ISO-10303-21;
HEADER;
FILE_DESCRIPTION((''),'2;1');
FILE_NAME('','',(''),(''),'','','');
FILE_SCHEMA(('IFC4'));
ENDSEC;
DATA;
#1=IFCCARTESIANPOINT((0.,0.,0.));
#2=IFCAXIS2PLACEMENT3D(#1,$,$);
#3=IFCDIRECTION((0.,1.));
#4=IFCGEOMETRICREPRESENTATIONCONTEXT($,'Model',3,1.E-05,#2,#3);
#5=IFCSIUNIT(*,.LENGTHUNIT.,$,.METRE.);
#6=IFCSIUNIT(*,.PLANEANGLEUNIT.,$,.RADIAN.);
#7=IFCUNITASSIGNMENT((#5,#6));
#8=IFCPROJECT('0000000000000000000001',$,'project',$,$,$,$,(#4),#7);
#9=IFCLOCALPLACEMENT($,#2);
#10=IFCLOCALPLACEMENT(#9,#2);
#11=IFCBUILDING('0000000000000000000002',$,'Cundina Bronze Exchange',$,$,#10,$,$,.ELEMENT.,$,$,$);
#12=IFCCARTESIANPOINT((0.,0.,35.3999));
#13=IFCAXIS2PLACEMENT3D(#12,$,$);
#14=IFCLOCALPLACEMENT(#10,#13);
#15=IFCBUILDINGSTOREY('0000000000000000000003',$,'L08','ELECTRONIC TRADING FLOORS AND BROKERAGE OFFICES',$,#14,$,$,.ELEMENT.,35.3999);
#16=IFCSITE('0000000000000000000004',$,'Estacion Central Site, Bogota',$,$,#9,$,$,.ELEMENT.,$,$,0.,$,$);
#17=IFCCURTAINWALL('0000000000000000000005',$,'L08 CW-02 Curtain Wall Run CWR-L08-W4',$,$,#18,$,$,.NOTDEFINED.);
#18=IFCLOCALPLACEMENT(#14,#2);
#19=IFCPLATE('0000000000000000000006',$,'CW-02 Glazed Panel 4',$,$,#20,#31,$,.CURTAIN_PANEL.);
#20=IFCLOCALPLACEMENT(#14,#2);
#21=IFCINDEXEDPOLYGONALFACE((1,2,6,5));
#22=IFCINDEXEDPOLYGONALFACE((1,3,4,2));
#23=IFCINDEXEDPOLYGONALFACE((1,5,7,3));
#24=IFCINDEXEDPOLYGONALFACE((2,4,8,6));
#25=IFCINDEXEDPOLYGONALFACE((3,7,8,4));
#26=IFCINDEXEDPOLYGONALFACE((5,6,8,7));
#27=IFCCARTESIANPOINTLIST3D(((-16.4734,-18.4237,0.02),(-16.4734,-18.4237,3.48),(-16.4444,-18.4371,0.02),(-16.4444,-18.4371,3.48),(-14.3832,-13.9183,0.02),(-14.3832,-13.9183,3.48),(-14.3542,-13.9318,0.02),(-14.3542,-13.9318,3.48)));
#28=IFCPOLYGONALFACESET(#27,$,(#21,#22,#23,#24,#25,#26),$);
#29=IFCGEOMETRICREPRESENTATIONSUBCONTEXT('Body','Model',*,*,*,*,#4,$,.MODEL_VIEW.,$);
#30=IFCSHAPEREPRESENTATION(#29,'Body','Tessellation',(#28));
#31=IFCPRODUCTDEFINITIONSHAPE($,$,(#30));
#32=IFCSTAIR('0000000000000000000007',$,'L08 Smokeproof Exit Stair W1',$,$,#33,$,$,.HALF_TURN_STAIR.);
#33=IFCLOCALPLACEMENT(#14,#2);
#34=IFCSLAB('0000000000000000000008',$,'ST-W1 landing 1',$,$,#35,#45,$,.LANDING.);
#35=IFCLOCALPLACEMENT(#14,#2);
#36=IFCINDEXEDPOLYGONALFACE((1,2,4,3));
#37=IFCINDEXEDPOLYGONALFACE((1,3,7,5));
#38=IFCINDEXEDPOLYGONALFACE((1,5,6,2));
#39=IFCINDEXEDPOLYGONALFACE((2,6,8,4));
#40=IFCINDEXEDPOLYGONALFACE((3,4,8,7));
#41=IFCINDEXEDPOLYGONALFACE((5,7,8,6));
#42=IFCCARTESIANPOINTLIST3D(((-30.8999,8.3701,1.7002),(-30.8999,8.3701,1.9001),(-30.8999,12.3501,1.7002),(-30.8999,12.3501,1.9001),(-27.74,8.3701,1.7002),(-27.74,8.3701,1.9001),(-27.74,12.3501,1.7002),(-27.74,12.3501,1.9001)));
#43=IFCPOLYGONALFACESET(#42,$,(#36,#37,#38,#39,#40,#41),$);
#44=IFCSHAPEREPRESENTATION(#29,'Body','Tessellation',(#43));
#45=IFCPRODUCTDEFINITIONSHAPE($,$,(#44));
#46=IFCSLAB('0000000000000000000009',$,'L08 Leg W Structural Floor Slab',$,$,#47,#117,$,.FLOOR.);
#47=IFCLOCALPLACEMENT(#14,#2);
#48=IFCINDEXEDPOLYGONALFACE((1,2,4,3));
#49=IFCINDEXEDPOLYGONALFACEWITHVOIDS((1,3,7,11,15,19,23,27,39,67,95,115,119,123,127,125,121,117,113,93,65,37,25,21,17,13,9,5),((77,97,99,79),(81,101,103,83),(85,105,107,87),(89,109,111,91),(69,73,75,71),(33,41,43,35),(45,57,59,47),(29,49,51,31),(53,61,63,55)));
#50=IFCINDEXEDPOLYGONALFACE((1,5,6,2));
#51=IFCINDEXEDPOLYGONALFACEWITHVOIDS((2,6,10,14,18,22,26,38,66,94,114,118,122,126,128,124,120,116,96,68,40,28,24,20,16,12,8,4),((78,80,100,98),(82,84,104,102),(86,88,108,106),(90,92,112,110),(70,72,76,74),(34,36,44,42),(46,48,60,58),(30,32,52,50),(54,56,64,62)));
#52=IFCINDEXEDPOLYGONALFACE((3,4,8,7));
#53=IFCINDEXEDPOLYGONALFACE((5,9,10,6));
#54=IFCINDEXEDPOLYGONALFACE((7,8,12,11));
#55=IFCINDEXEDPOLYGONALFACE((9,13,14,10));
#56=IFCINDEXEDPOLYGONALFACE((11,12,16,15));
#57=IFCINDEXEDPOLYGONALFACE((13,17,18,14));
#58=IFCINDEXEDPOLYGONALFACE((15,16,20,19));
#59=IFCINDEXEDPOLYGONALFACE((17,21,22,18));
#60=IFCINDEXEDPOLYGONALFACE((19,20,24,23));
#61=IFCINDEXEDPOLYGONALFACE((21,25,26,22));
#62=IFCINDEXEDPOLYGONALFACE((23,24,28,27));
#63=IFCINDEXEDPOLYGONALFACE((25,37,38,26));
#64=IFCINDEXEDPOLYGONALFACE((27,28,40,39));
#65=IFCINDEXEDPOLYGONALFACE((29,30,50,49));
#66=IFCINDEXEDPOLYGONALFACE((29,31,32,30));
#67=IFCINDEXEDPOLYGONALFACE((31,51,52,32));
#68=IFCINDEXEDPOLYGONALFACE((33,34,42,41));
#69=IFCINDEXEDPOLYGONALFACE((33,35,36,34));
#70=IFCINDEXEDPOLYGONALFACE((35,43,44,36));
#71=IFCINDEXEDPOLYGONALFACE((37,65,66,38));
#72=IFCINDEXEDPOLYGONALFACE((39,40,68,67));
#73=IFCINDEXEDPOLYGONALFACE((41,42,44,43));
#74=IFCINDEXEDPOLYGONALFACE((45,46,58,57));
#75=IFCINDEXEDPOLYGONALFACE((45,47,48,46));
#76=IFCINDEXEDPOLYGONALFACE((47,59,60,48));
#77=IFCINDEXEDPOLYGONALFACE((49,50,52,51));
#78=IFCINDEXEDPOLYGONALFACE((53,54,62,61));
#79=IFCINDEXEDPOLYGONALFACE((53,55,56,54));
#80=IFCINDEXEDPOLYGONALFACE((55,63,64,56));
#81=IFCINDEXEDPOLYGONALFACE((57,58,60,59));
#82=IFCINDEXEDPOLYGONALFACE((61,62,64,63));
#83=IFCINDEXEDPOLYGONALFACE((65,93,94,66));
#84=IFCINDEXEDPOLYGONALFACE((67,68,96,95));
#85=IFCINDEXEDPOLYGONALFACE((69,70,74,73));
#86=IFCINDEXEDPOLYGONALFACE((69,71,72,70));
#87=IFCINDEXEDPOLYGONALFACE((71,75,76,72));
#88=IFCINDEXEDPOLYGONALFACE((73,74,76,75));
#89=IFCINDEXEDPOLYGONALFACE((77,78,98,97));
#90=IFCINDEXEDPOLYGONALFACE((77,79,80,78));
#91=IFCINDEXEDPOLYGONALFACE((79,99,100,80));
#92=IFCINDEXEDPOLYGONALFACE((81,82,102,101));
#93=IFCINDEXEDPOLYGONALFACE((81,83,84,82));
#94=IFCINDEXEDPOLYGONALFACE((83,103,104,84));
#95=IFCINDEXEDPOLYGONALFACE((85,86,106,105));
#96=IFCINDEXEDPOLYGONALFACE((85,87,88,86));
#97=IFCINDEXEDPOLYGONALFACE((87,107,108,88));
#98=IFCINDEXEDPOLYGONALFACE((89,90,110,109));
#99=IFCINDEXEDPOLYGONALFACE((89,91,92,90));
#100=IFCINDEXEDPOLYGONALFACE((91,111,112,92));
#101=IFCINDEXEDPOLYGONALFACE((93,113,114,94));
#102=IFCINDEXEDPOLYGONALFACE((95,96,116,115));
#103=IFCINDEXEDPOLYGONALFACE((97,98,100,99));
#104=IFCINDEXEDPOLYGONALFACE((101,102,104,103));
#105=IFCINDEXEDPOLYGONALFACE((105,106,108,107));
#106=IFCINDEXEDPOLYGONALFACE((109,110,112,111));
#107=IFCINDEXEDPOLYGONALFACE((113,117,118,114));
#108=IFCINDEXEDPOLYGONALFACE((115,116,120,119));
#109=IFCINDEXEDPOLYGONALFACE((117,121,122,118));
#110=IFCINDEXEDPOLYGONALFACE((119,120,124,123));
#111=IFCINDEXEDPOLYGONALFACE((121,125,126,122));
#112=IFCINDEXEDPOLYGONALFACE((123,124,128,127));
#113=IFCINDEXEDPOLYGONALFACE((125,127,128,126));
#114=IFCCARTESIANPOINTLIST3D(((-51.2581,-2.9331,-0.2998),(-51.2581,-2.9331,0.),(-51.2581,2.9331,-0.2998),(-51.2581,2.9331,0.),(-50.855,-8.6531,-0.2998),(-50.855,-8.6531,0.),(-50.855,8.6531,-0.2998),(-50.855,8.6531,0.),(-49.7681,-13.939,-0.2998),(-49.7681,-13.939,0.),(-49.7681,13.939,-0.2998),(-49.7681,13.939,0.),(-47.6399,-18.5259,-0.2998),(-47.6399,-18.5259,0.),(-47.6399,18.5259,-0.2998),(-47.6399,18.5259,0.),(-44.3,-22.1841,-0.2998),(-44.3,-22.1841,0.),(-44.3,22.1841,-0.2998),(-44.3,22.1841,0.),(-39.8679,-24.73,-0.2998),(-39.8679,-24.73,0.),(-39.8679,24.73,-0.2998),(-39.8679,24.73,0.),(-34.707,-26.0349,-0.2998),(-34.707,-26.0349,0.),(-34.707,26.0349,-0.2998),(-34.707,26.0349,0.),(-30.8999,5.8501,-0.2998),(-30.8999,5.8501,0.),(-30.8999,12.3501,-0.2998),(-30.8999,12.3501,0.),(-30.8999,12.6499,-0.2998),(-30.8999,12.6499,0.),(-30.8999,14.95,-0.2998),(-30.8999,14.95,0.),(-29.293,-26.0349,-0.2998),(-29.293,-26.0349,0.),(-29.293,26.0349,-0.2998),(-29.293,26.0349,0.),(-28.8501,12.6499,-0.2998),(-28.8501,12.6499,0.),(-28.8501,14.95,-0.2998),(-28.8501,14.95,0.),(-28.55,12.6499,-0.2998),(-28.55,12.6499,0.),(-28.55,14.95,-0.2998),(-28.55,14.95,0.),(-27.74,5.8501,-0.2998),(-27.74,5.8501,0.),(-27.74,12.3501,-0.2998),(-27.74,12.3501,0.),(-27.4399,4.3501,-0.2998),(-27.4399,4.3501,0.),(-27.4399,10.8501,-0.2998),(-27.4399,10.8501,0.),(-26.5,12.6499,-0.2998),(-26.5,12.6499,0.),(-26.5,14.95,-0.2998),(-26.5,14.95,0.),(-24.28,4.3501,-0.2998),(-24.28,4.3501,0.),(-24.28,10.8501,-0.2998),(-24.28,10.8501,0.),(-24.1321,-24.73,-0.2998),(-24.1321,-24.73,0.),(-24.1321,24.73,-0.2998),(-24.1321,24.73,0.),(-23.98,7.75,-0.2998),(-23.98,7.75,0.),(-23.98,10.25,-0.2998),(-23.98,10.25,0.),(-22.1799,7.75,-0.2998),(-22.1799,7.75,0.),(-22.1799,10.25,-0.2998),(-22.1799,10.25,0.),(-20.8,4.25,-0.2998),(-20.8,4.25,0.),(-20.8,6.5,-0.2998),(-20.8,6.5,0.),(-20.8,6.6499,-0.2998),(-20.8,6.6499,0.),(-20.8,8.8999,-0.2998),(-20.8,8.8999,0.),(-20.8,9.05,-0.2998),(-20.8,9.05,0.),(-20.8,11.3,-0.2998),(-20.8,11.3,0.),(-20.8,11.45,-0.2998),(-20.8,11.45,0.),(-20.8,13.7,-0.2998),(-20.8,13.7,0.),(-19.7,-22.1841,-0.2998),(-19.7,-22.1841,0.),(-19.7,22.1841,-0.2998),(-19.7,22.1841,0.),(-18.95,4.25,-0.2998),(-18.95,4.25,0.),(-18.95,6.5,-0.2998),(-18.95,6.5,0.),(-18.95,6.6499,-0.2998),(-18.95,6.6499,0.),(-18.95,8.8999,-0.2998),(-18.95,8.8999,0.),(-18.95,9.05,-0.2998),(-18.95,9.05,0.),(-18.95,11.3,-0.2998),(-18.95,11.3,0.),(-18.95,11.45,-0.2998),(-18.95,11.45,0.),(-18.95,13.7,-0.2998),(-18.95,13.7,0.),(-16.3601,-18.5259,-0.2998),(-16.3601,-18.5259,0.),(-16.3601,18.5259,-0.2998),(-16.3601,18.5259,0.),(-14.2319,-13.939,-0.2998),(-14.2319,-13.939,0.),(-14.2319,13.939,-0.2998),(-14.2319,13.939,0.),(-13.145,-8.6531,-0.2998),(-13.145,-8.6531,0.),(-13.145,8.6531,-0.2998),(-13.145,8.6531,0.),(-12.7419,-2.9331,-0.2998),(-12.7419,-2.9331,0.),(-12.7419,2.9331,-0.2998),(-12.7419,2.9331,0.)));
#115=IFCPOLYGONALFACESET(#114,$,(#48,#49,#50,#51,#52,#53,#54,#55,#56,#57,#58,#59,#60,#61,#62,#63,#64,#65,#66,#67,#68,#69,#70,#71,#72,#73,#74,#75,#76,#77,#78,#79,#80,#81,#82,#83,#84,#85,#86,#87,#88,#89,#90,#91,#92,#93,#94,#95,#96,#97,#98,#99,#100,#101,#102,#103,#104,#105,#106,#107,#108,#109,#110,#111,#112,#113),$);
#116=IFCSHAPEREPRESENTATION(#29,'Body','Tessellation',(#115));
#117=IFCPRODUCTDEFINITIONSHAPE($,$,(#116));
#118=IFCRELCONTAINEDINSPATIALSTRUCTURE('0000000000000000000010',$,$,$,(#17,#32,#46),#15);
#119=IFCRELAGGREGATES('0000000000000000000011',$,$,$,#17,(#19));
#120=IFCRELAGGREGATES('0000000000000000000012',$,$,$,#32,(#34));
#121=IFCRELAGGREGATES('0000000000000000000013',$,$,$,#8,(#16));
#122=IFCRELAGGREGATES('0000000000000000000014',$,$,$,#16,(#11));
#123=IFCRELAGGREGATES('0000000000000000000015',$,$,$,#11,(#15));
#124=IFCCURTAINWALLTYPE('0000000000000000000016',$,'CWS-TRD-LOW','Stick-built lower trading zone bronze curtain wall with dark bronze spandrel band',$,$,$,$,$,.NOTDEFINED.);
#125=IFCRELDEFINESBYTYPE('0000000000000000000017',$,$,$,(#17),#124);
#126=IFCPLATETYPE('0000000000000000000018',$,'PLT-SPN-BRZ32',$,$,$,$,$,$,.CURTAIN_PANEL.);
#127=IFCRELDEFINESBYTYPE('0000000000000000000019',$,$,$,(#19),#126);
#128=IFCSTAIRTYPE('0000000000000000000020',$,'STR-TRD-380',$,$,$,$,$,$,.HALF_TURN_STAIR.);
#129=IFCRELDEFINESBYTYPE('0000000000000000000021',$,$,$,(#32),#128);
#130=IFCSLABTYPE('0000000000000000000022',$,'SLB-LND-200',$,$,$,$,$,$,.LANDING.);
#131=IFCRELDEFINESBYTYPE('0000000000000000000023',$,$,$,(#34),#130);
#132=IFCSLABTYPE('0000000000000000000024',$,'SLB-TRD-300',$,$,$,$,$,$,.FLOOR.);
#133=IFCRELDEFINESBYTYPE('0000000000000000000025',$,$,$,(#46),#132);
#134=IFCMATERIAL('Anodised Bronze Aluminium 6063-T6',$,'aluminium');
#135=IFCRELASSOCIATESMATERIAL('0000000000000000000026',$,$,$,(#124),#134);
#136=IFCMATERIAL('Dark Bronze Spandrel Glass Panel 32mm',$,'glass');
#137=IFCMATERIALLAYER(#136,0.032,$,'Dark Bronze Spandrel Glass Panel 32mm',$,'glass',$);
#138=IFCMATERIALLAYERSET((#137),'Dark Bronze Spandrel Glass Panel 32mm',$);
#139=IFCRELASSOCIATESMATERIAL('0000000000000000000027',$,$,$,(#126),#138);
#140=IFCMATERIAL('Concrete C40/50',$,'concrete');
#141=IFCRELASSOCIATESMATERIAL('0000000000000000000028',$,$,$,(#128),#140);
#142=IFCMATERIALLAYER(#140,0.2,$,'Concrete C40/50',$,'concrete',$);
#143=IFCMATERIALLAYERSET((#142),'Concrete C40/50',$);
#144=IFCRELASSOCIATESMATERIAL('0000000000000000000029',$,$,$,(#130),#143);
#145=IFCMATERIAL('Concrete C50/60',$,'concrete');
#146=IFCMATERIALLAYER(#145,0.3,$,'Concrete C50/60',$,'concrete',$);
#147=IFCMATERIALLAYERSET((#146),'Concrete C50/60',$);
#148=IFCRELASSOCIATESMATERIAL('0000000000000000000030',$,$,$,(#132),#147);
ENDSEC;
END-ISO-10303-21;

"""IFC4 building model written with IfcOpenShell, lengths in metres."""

from ifc_helpers import new_model, si_unit, direction, frame, origin, origin_2d, place, context, subcontext, project, spatial, polyline, rectangle, outline, extrude, material, layer, layer_set, type_object, element, aggregate, save


model = new_model("IFC4")

# Units and contexts
model_context = context("Model", 3, precision=1e-05, world=origin(), true_north=direction((0.0, 1.0)))
body_context = subcontext(model_context, "Body", "Model", "MODEL_VIEW")
ifc_project = project(units=[si_unit("LENGTHUNIT", "METRE"), si_unit("PLANEANGLEUNIT", "RADIAN")], contexts=[model_context])

# Site, building, storey
site_placement = place(None, origin())
site = spatial("IfcSite", under=ifc_project, at=site_placement, Name="Estacion Central Site, Bogota", CompositionType="ELEMENT", RefElevation=0.0)
building_placement = place(site_placement, origin())
building = spatial("IfcBuilding", under=site, at=building_placement, Name="Cundina Bronze Exchange", CompositionType="ELEMENT")
storey_placement = place(building_placement, frame((0.0, 0.0, 35.3999)))
storey = spatial("IfcBuildingStorey", under=building, at=storey_placement, Name="L08", Description="ELECTRONIC TRADING FLOORS AND BROKERAGE OFFICES", CompositionType="ELEMENT", Elevation=35.3999)

# Shared definitions
ifc_material_1 = material(Name="Anodised Bronze Aluminium 6063-T6", Category="aluminium")
curtain_wall_type = type_object("IfcCurtainWallType", Name="CWS-TRD-LOW", Description="Stick-built lower trading zone bronze curtain wall with dark bronze spandrel band", PredefinedType="NOTDEFINED", material=ifc_material_1)

# Curtain wall
curtain_wall_1_placement = place(storey_placement, origin())
curtain_wall_1 = element("IfcCurtainWall", 1, at=curtain_wall_1_placement, inside=storey, type_object=curtain_wall_type, Name="L08 CW-02 Curtain Wall Run CWR-L08-W4", PredefinedType="NOTDEFINED")

# Plate
ifc_material_2 = material(Name="Dark Bronze Spandrel Glass Panel 32mm", Category="glass")
ifc_layer_1 = layer(ifc_material_2, 0.032, Name="Dark Bronze Spandrel Glass Panel 32mm", Category="glass")
ifc_layer_set_1 = layer_set([ifc_layer_1], Name="Dark Bronze Spandrel Glass Panel 32mm")
plate_type_1 = type_object("IfcPlateType", Name="PLT-SPN-BRZ32", PredefinedType="CURTAIN_PANEL", material=ifc_layer_set_1)
plate_1_placement = place(storey_placement, frame((-15.4138, -16.1777, 0.02), z_axis=(0.0, 0.0, 1.0), x_axis=(0.420846, 0.907132, 0.0)))
plate_1 = element("IfcPlate", 2, at=plate_1_placement, type_object=plate_type_1, Name="CW-02 Glazed Panel 4", PredefinedType="CURTAIN_PANEL", context=body_context, shape_type="SweptSolid", body=[
    extrude(rectangle(XDim=4.9666, YDim=0.032, at=origin_2d()), origin(), (0.0, 0.0, 1.0), 3.46),
])
aggregate(curtain_wall_1, [plate_1])

# Stair, slab
ifc_material_3 = material(Name="Concrete C40/50", Category="concrete")
stair_type = type_object("IfcStairType", Name="STR-TRD-380", PredefinedType="HALF_TURN_STAIR", material=ifc_material_3)
stair_placement = place(storey_placement, origin())
stair = element("IfcStair", 3, at=stair_placement, inside=storey, type_object=stair_type, Name="L08 Smokeproof Exit Stair W1", PredefinedType="HALF_TURN_STAIR")
ifc_layer_2 = layer(ifc_material_3, 0.2, Name="Concrete C40/50", Category="concrete")
ifc_layer_set_2 = layer_set([ifc_layer_2], Name="Concrete C40/50")
slab_type_1 = type_object("IfcSlabType", Name="SLB-LND-200", PredefinedType="LANDING", material=ifc_layer_set_2)
slab_1_placement = place(storey_placement, frame((0.0, 0.0, 1.7002)))
slab_1 = element("IfcSlab", 4, at=slab_1_placement, type_object=slab_type_1, Name="ST-W1 landing 1", PredefinedType="LANDING", context=body_context, shape_type="SweptSolid", body=[
    extrude(outline(polyline([(-27.74, 8.3701), (-27.74, 12.3501), (-30.8999, 12.3501), (-30.8999, 8.3701), (-27.74, 8.3701)])), origin(), (0.0, 0.0, 1.0), 0.2),
])
aggregate(stair, [slab_1])

# Slab
ifc_material_4 = material(Name="Concrete C50/60", Category="concrete")
ifc_layer_3 = layer(ifc_material_4, 0.3, Name="Concrete C50/60", Category="concrete")
ifc_layer_set_3 = layer_set([ifc_layer_3], Name="Concrete C50/60")
slab_type_2 = type_object("IfcSlabType", Name="SLB-TRD-300", PredefinedType="FLOOR", material=ifc_layer_set_3)
slab_2_placement = place(storey_placement, frame((0.0, 0.0, -0.2998)))
element("IfcSlab", 5, at=slab_2_placement, inside=storey, type_object=slab_type_2, Name="L08 Leg W Structural Floor Slab", PredefinedType="FLOOR", context=body_context, shape_type="SweptSolid", body=[
    extrude(outline(polyline([(-12.7419, 2.9331), (-13.145, 8.6531), (-14.2319, 13.939), (-16.3601, 18.5259), (-19.7, 22.1841), (-24.1321, 24.73), (-29.293, 26.0349), (-34.707, 26.0349), (-39.8679, 24.73), (-44.3, 22.1841), (-47.6399, 18.5259), (-49.7681, 13.939), (-50.855, 8.6531), (-51.2581, 2.9331), (-51.2581, -2.9331), (-50.855, -8.6531), (-49.7681, -13.939), (-47.6399, -18.5259), (-44.3, -22.1841), (-39.8679, -24.73), (-34.707, -26.0349), (-29.293, -26.0349), (-24.1321, -24.73), (-19.7, -22.1841), (-16.3601, -18.5259), (-14.2319, -13.939), (-13.145, -8.6531), (-12.7419, -2.9331), (-12.7419, 2.9331)]), holes=[polyline([(-27.74, 5.8501), (-27.74, 12.3501), (-30.8999, 12.3501), (-30.8999, 5.8501), (-27.74, 5.8501)]), polyline([(-27.4399, 10.8501), (-27.4399, 4.3501), (-24.28, 4.3501), (-24.28, 10.8501), (-27.4399, 10.8501)]), polyline([(-23.98, 10.25), (-22.1799, 10.25), (-22.1799, 7.75), (-23.98, 7.75), (-23.98, 10.25)]), polyline([(-30.8999, 14.95), (-28.8501, 14.95), (-28.8501, 12.6499), (-30.8999, 12.6499), (-30.8999, 14.95)]), polyline([(-28.55, 14.95), (-26.5, 14.95), (-26.5, 12.6499), (-28.55, 12.6499), (-28.55, 14.95)]), polyline([(-20.8, 13.7), (-18.95, 13.7), (-18.95, 11.45), (-20.8, 11.45), (-20.8, 13.7)]), polyline([(-20.8, 11.3), (-18.95, 11.3), (-18.95, 9.05), (-20.8, 9.05), (-20.8, 11.3)]), polyline([(-20.8, 8.8999), (-18.95, 8.8999), (-18.95, 6.6499), (-20.8, 6.6499), (-20.8, 8.8999)]), polyline([(-20.8, 6.5), (-18.95, 6.5), (-18.95, 4.25), (-20.8, 4.25), (-20.8, 6.5)])]), origin(), (0.0, 0.0, 1.0), 0.2998),
])

save(model, "model.ifc")
